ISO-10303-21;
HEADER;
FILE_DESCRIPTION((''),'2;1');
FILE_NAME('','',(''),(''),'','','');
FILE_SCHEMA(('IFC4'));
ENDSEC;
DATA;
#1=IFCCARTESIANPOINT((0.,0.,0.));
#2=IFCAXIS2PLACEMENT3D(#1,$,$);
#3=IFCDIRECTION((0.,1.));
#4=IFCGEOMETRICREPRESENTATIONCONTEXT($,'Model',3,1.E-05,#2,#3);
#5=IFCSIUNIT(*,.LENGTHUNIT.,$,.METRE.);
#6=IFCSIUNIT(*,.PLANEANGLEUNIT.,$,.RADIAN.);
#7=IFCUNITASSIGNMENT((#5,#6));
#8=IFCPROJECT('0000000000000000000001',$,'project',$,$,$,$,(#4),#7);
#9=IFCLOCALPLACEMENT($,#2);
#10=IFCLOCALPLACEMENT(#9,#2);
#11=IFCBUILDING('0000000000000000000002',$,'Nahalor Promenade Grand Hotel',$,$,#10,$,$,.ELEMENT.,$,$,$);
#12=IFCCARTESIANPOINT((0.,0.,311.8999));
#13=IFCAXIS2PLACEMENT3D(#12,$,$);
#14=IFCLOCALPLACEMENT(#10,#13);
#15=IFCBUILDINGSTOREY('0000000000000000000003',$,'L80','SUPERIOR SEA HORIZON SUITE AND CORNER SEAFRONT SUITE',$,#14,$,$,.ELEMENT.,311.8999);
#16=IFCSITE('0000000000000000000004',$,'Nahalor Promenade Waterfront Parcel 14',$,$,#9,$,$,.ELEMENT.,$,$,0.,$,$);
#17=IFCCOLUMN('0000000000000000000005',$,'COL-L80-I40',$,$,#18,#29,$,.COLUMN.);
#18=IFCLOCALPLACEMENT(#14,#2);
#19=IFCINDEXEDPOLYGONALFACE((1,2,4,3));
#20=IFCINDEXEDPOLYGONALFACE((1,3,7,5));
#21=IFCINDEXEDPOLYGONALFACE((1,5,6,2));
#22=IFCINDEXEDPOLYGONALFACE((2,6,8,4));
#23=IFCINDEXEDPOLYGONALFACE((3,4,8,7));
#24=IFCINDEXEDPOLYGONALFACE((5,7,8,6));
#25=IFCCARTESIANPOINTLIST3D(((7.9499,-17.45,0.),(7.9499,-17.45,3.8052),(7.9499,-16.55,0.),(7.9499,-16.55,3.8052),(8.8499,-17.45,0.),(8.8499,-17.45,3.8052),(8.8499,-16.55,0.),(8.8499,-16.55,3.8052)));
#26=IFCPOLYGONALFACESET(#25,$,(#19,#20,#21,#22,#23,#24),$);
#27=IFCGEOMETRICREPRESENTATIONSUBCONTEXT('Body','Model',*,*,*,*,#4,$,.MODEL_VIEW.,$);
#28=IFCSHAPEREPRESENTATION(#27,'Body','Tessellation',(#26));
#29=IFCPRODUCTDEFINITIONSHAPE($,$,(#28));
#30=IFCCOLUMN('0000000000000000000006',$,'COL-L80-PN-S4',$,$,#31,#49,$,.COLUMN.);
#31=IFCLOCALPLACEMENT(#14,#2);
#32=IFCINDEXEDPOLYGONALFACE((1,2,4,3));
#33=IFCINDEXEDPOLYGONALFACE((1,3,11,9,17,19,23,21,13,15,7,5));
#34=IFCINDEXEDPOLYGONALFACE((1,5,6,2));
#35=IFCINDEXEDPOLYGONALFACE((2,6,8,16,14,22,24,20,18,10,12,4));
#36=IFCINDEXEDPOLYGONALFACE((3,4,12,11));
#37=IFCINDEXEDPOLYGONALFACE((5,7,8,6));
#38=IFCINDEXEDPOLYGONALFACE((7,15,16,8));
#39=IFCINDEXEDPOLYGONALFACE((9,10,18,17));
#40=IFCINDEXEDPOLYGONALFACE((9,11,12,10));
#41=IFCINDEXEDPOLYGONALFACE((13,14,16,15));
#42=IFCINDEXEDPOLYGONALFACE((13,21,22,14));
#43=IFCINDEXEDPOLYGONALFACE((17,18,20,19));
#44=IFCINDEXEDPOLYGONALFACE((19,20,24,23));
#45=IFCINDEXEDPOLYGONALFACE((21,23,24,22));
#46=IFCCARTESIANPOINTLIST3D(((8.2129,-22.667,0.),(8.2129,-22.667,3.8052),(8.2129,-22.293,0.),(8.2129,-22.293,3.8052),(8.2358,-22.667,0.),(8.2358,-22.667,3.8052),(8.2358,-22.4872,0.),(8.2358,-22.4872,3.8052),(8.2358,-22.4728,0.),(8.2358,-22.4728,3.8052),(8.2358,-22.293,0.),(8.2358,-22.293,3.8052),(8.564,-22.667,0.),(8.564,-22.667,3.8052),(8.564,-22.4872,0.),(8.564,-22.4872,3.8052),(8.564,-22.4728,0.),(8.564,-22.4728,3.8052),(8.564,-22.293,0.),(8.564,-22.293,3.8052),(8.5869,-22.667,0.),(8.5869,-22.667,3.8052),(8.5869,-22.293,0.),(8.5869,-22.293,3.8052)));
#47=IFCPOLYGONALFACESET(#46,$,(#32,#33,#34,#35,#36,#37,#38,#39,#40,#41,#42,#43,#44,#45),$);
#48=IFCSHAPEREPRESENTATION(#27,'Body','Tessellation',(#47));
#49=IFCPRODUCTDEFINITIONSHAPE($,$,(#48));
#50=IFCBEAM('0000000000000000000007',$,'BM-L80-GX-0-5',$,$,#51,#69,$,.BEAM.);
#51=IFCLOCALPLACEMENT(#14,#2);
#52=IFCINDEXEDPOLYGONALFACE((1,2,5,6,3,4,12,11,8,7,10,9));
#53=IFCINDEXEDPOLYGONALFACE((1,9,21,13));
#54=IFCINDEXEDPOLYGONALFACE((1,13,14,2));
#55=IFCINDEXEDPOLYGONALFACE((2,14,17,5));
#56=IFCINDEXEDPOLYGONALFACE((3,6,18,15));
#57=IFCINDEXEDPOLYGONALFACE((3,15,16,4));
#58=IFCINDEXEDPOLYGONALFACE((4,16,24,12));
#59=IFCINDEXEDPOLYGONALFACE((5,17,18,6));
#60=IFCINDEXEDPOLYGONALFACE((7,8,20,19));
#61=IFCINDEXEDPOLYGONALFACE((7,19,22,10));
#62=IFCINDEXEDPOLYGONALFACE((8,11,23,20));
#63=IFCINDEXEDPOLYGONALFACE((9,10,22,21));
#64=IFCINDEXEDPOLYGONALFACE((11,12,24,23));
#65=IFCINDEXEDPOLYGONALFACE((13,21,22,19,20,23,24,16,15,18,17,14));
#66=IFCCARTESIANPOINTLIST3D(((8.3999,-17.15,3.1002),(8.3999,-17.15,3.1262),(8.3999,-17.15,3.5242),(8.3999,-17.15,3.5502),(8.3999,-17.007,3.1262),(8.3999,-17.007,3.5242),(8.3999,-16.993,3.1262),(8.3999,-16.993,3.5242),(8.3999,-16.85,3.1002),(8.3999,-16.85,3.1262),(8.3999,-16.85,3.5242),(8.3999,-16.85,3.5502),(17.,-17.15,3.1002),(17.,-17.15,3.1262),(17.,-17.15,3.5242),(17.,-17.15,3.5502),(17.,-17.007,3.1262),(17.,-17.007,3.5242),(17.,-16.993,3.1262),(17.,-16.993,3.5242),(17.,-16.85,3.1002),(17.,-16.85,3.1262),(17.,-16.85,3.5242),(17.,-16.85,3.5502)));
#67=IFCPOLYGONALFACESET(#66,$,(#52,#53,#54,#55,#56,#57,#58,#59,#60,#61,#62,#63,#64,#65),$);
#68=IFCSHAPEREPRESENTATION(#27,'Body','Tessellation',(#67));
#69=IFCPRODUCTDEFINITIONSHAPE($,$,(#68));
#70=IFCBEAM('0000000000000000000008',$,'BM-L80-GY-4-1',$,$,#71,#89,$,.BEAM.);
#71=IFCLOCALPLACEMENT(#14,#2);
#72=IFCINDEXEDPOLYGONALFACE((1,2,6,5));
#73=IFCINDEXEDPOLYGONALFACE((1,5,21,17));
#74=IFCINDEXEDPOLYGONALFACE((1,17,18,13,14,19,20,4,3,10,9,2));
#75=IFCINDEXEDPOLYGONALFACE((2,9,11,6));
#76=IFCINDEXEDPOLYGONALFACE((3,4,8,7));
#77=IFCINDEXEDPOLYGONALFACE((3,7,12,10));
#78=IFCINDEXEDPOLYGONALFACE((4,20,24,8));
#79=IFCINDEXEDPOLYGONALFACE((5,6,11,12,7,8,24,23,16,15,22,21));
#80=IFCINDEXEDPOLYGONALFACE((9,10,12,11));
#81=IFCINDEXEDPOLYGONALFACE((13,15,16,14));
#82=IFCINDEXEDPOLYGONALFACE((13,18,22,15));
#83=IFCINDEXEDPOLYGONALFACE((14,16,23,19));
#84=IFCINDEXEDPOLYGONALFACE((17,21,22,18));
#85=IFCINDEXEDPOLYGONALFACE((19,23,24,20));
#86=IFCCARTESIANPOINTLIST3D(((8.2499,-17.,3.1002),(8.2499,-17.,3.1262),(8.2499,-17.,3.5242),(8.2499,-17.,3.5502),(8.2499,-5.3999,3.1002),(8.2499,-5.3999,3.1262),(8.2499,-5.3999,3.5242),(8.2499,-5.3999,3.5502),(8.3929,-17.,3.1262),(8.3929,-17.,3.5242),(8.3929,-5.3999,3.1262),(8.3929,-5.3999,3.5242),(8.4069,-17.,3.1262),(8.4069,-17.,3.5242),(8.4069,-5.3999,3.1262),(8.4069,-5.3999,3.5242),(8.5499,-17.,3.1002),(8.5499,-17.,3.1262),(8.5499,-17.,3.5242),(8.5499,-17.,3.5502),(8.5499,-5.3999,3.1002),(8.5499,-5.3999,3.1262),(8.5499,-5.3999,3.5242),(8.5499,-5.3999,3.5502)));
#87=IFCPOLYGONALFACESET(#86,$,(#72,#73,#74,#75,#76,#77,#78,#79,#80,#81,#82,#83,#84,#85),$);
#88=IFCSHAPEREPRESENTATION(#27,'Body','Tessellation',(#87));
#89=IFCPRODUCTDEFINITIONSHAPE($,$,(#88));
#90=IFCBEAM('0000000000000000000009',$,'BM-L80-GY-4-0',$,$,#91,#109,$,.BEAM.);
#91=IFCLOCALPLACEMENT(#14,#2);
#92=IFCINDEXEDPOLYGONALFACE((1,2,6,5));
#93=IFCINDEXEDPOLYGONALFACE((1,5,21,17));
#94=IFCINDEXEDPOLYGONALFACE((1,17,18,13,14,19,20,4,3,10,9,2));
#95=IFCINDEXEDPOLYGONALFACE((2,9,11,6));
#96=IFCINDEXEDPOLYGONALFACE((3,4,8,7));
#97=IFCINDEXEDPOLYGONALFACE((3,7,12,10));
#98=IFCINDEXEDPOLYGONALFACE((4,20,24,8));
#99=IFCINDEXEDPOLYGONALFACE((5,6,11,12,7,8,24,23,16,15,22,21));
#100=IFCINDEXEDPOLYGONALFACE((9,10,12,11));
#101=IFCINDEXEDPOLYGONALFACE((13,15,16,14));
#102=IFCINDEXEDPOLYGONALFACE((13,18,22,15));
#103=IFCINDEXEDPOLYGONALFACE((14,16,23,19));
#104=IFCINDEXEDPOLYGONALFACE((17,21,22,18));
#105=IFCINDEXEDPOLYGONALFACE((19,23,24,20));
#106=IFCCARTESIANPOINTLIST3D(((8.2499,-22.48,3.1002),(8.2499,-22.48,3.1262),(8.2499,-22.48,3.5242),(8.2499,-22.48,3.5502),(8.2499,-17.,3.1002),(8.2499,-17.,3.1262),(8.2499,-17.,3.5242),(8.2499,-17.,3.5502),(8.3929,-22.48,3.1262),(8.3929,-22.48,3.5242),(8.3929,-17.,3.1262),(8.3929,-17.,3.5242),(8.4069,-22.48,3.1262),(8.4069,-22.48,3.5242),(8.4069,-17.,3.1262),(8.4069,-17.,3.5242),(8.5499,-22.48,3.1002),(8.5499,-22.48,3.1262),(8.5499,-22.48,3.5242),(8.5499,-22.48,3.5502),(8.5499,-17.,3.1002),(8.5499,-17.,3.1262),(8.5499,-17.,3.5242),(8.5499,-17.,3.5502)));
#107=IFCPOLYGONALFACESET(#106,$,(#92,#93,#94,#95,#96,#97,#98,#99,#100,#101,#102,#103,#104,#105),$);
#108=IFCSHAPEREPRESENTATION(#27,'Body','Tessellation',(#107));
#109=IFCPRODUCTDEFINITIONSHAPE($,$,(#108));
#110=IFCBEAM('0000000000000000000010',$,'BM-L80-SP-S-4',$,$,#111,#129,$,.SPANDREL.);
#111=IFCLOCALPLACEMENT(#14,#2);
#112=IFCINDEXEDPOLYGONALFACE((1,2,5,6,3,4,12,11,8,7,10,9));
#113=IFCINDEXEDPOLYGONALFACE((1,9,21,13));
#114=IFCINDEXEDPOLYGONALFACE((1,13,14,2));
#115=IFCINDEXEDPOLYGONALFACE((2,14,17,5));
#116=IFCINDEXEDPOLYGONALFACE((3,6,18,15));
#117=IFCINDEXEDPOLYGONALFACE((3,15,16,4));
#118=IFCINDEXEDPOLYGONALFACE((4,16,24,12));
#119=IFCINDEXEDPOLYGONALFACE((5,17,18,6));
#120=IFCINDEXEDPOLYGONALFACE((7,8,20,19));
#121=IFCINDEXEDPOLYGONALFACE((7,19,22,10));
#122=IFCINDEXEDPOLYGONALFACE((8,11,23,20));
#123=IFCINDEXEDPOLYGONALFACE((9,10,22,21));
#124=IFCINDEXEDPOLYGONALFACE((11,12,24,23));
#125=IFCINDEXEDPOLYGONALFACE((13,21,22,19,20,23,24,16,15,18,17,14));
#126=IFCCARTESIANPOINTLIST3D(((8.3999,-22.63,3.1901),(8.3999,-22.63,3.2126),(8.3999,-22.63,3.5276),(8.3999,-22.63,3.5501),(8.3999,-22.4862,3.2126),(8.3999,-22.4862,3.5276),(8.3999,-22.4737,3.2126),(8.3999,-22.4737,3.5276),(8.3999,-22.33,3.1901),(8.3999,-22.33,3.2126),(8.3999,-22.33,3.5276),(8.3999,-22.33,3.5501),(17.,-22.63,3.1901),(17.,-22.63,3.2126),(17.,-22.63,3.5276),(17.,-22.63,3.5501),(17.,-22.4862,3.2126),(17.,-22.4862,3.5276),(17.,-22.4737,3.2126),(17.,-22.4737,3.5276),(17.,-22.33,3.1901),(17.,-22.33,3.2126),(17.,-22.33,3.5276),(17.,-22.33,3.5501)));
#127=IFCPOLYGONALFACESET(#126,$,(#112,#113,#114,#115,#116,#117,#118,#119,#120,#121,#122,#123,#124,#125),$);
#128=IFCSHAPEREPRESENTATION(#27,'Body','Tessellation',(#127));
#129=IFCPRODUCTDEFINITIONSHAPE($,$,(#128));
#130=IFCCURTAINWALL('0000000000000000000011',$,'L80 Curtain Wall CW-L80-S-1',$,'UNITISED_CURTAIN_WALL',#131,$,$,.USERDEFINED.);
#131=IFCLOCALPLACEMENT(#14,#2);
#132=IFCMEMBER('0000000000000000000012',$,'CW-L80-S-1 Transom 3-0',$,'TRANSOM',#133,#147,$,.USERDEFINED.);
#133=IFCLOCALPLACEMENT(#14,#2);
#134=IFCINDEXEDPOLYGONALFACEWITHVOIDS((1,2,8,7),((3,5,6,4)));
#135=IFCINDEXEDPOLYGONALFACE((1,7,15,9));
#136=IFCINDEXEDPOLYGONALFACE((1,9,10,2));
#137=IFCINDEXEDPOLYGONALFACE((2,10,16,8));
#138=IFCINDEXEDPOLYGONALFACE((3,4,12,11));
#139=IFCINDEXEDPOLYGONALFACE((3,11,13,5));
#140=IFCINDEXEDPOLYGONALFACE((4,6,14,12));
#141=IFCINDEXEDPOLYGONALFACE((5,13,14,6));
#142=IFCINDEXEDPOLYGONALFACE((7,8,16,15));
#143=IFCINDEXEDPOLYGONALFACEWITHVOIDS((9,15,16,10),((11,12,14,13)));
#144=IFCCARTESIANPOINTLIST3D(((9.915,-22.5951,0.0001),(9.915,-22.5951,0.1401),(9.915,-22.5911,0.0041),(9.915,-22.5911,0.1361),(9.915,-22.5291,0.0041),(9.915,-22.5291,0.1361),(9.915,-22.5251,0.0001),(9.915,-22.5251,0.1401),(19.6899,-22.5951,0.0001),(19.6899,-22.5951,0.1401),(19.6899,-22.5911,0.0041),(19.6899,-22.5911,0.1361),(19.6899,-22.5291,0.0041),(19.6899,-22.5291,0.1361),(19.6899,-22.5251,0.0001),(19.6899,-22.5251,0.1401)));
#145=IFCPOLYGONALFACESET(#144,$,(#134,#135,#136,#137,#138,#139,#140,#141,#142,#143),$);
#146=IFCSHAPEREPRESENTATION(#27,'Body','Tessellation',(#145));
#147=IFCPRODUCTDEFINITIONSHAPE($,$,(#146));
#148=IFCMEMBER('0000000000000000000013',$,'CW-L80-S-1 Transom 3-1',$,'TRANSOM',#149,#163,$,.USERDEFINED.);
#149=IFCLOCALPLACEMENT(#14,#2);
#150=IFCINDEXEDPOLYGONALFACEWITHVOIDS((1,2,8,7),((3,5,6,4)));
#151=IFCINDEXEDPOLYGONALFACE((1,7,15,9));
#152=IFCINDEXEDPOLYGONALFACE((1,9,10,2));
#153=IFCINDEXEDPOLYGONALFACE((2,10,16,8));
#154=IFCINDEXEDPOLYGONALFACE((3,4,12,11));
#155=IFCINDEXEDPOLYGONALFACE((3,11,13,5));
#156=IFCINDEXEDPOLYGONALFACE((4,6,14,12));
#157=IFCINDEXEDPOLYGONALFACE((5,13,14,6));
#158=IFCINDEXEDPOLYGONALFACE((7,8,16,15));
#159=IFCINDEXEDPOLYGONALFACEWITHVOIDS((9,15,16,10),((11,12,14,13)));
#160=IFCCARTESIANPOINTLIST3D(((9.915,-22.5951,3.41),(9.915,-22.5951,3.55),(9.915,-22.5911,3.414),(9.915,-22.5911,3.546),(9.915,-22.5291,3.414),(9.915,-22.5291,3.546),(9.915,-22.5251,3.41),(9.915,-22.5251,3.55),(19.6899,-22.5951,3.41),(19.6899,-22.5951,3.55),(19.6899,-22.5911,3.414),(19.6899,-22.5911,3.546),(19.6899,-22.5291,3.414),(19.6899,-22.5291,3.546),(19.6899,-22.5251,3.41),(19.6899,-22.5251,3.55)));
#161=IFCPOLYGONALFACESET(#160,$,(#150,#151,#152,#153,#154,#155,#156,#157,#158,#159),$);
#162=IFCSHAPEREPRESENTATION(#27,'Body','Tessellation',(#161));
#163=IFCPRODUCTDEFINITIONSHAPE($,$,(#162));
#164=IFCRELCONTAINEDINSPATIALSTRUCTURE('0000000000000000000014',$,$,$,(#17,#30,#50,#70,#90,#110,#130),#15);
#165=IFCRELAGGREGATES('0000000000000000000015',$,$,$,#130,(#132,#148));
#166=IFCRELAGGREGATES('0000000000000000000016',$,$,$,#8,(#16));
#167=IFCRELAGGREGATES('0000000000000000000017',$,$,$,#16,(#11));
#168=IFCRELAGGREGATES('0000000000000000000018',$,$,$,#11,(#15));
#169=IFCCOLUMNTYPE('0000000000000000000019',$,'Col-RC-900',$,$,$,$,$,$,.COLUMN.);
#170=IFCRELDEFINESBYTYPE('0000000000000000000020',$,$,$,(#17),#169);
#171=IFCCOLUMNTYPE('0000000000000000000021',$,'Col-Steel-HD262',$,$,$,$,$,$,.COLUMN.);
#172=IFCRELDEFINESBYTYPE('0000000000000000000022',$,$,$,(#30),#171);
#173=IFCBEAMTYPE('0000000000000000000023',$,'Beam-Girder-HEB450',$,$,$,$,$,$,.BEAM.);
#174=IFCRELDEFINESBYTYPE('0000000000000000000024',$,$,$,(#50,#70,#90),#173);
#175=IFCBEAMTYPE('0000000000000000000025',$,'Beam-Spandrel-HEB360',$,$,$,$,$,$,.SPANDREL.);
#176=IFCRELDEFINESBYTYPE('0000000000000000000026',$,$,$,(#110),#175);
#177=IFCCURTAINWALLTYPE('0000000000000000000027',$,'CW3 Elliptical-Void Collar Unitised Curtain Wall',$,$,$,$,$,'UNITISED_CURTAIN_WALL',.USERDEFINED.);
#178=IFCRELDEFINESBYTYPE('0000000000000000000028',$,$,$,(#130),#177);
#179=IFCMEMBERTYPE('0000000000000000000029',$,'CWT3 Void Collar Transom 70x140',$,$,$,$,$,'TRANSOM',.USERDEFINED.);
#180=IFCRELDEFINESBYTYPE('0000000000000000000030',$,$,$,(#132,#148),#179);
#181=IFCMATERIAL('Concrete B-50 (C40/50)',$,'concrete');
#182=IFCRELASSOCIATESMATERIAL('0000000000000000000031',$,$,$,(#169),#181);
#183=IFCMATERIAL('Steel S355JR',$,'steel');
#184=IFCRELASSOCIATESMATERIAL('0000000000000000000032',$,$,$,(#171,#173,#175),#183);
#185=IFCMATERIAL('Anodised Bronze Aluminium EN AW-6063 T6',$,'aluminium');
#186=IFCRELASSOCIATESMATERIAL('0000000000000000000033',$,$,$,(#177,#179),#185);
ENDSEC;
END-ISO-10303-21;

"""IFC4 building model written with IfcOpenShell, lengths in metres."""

from ifc_helpers import new_model, si_unit, direction, frame, origin, origin_2d, place, context, subcontext, project, spatial, rectangle, hollow_rectangle, i_section, extrude, source, transform, mapped, material, material_profile, profile_set, type_object, element, aggregate, save


model = new_model("IFC4")

# Units and contexts
model_context = context("Model", 3, precision=1e-05, world=origin(), true_north=direction((0.0, 1.0)))
body_context = subcontext(model_context, "Body", "Model", "MODEL_VIEW")
ifc_project = project(units=[si_unit("LENGTHUNIT", "METRE"), si_unit("PLANEANGLEUNIT", "RADIAN")], contexts=[model_context])

# Site, building, storey
site_placement = place(None, origin())
site = spatial("IfcSite", under=ifc_project, at=site_placement, Name="Nahalor Promenade Waterfront Parcel 14", CompositionType="ELEMENT", RefElevation=0.0)
building_placement = place(site_placement, origin())
building = spatial("IfcBuilding", under=site, at=building_placement, Name="Nahalor Promenade Grand Hotel", CompositionType="ELEMENT")
storey_placement = place(building_placement, frame((0.0, 0.0, 311.8999)))
storey = spatial("IfcBuildingStorey", under=building, at=storey_placement, Name="L80", Description="SUPERIOR SEA HORIZON SUITE AND CORNER SEAFRONT SUITE", CompositionType="ELEMENT", Elevation=311.8999)

# Columns
ifc_material_1 = material(Name="Concrete B-50 (C40/50)", Category="concrete")
ifc_material_profile_1 = material_profile(ifc_material_1, rectangle(XDim=0.9, YDim=0.9, at=origin_2d()), Name="RC 900x900")
ifc_profile_set_1 = profile_set([ifc_material_profile_1], Name="Concrete B-50 (C40/50)")
column_type_1 = type_object("IfcColumnType", Name="Col-RC-900", PredefinedType="COLUMN", material=ifc_profile_set_1)
shared_shape_1 = source(origin(), body_context, "Body", "SweptSolid", [
    extrude(rectangle(XDim=0.9, YDim=0.9, at=origin_2d()), origin(), (0.0, 0.0, 1.0), 3.8052),
])
column_1_placement = place(storey_placement, frame((8.3999, -17.0, 0.0), z_axis=(0.0, 0.0, 1.0), x_axis=(1.0, 0.0, 0.0)))
element("IfcColumn", 1, at=column_1_placement, inside=storey, type_object=column_type_1, Name="COL-L80-I40", PredefinedType="COLUMN", context=body_context, shape_type="MappedRepresentation", body=[
    mapped(shared_shape_1, transform((0.0, 0.0, 0.0), scale=1.0)),
])
ifc_material_2 = material(Name="Steel S355JR", Category="steel")
ifc_material_profile_2 = material_profile(ifc_material_2, i_section(OverallWidth=0.374, OverallDepth=0.374, WebThickness=0.0144, FlangeThickness=0.0229, at=origin_2d()), Name="HD 360x262")
ifc_profile_set_2 = profile_set([ifc_material_profile_2], Name="Steel S355JR")
column_type_2 = type_object("IfcColumnType", Name="Col-Steel-HD262", PredefinedType="COLUMN", material=ifc_profile_set_2)
shared_shape_2 = source(origin(), body_context, "Body", "SweptSolid", [
    extrude(i_section(OverallWidth=0.374, OverallDepth=0.374, WebThickness=0.0144, FlangeThickness=0.0229, at=origin_2d()), origin(), (0.0, 0.0, 1.0), 3.8052),
])
column_2_placement = place(storey_placement, frame((8.3999, -22.48, 0.0), z_axis=(0.0, 0.0, 1.0), x_axis=(0.0, 1.0, 0.0)))
element("IfcColumn", 2, at=column_2_placement, inside=storey, type_object=column_type_2, Name="COL-L80-PN-S4", PredefinedType="COLUMN", context=body_context, shape_type="MappedRepresentation", body=[
    mapped(shared_shape_2, transform((0.0, 0.0, 0.0), scale=1.0)),
])

# Beams
ifc_material_profile_3 = material_profile(ifc_material_2, i_section(OverallWidth=0.3, OverallDepth=0.45, WebThickness=0.014, FlangeThickness=0.026, at=origin_2d()), Name="HEB 450")
ifc_profile_set_3 = profile_set([ifc_material_profile_3], Name="Steel S355JR")
beam_type_1 = type_object("IfcBeamType", Name="Beam-Girder-HEB450", PredefinedType="BEAM", material=ifc_profile_set_3)
shared_shape_3 = source(origin(), body_context, "Body", "SweptSolid", [
    extrude(i_section(OverallWidth=0.3, OverallDepth=0.45, WebThickness=0.014, FlangeThickness=0.026, at=origin_2d()), origin(), (0.0, 0.0, 1.0), 8.6001),
])
beam_1_placement = place(storey_placement, frame((8.3999, -17.0, 3.3252), z_axis=(1.0, 0.0, 0.0), x_axis=(0.0, 1.0, 0.0)))
element("IfcBeam", 3, at=beam_1_placement, inside=storey, type_object=beam_type_1, Name="BM-L80-GX-0-5", PredefinedType="BEAM", context=body_context, shape_type="MappedRepresentation", body=[
    mapped(shared_shape_3, transform((0.0, 0.0, 0.0), scale=1.0)),
])
shared_shape_4 = source(origin(), body_context, "Body", "SweptSolid", [
    extrude(i_section(OverallWidth=0.3, OverallDepth=0.45, WebThickness=0.014, FlangeThickness=0.026, at=origin_2d()), origin(), (0.0, 0.0, 1.0), 11.6001),
])
beam_2_placement = place(storey_placement, frame((8.3999, -17.0, 3.3252), z_axis=(0.0, 1.0, 0.0), x_axis=(-1.0, 0.0, 0.0)))
element("IfcBeam", 4, at=beam_2_placement, inside=storey, type_object=beam_type_1, Name="BM-L80-GY-4-1", PredefinedType="BEAM", context=body_context, shape_type="MappedRepresentation", body=[
    mapped(shared_shape_4, transform((0.0, 0.0, 0.0), scale=1.0)),
])
shared_shape_5 = source(origin(), body_context, "Body", "SweptSolid", [
    extrude(i_section(OverallWidth=0.3, OverallDepth=0.45, WebThickness=0.014, FlangeThickness=0.026, at=origin_2d()), origin(), (0.0, 0.0, 1.0), 5.48),
])
beam_3_placement = place(storey_placement, frame((8.3999, -22.48, 3.3252), z_axis=(0.0, 1.0, 0.0), x_axis=(-1.0, 0.0, 0.0)))
element("IfcBeam", 5, at=beam_3_placement, inside=storey, type_object=beam_type_1, Name="BM-L80-GY-4-0", PredefinedType="BEAM", context=body_context, shape_type="MappedRepresentation", body=[
    mapped(shared_shape_5, transform((0.0, 0.0, 0.0), scale=1.0)),
])
ifc_material_profile_4 = material_profile(ifc_material_2, i_section(OverallWidth=0.3, OverallDepth=0.36, WebThickness=0.0125, FlangeThickness=0.0225, at=origin_2d()), Name="HEB 360")
ifc_profile_set_4 = profile_set([ifc_material_profile_4], Name="Steel S355JR")
beam_type_2 = type_object("IfcBeamType", Name="Beam-Spandrel-HEB360", PredefinedType="SPANDREL", material=ifc_profile_set_4)
shared_shape_6 = source(origin(), body_context, "Body", "SweptSolid", [
    extrude(i_section(OverallWidth=0.3, OverallDepth=0.36, WebThickness=0.0125, FlangeThickness=0.0225, at=origin_2d()), origin(), (0.0, 0.0, 1.0), 8.6001),
])
beam_4_placement = place(storey_placement, frame((8.3999, -22.48, 3.3701), z_axis=(1.0, 0.0, 0.0), x_axis=(0.0, 1.0, 0.0)))
element("IfcBeam", 6, at=beam_4_placement, inside=storey, type_object=beam_type_2, Name="BM-L80-SP-S-4", PredefinedType="SPANDREL", context=body_context, shape_type="MappedRepresentation", body=[
    mapped(shared_shape_6, transform((0.0, 0.0, 0.0), scale=1.0)),
])

# Curtain wall, members
ifc_material_3 = material(Name="Anodised Bronze Aluminium EN AW-6063 T6", Category="aluminium")
curtain_wall_type = type_object("IfcCurtainWallType", Name="CW3 Elliptical-Void Collar Unitised Curtain Wall", ElementType="UNITISED_CURTAIN_WALL", PredefinedType="USERDEFINED", material=ifc_material_3)
curtain_wall_placement = place(storey_placement, origin())
curtain_wall = element("IfcCurtainWall", 7, at=curtain_wall_placement, inside=storey, type_object=curtain_wall_type, Name="L80 Curtain Wall CW-L80-S-1", ObjectType="UNITISED_CURTAIN_WALL", PredefinedType="USERDEFINED")
ifc_material_profile_5 = material_profile(ifc_material_3, hollow_rectangle(XDim=0.07, YDim=0.14, WallThickness=0.004, at=origin_2d()), Name="CWT 70x140x4")
ifc_profile_set_5 = profile_set([ifc_material_profile_5], Name="Anodised Bronze Aluminium EN AW-6063 T6")
member_type_1 = type_object("IfcMemberType", Name="CWT3 Void Collar Transom 70x140", ElementType="TRANSOM", PredefinedType="USERDEFINED", material=ifc_profile_set_5)
shared_shape_7 = source(origin(), body_context, "Body", "SweptSolid", [
    extrude(hollow_rectangle(XDim=0.07, YDim=0.14, WallThickness=0.004, at=origin_2d()), origin(), (0.0, 0.0, 1.0), 9.7749),
])
member_1_placement = place(storey_placement, frame((9.915, -22.5601, 0.0701), z_axis=(1.0, 0.0, 0.0), x_axis=(0.0, 1.0, 0.0)))
member_1 = element("IfcMember", 8, at=member_1_placement, type_object=member_type_1, Name="CW-L80-S-1 Transom 3-0", ObjectType="TRANSOM", PredefinedType="USERDEFINED", context=body_context, shape_type="MappedRepresentation", body=[
    mapped(shared_shape_7, transform((0.0, 0.0, 0.0), scale=1.0)),
])
member_2_placement = place(storey_placement, frame((9.915, -22.5601, 3.48), z_axis=(1.0, 0.0, 0.0), x_axis=(0.0, 1.0, 0.0)))
member_2 = element("IfcMember", 9, at=member_2_placement, type_object=member_type_1, Name="CW-L80-S-1 Transom 3-1", ObjectType="TRANSOM", PredefinedType="USERDEFINED", context=body_context, shape_type="MappedRepresentation", body=[
    mapped(shared_shape_7, transform((0.0, 0.0, 0.0), scale=1.0)),
])
aggregate(curtain_wall, [member_1, member_2])

save(model, "model.ifc")
